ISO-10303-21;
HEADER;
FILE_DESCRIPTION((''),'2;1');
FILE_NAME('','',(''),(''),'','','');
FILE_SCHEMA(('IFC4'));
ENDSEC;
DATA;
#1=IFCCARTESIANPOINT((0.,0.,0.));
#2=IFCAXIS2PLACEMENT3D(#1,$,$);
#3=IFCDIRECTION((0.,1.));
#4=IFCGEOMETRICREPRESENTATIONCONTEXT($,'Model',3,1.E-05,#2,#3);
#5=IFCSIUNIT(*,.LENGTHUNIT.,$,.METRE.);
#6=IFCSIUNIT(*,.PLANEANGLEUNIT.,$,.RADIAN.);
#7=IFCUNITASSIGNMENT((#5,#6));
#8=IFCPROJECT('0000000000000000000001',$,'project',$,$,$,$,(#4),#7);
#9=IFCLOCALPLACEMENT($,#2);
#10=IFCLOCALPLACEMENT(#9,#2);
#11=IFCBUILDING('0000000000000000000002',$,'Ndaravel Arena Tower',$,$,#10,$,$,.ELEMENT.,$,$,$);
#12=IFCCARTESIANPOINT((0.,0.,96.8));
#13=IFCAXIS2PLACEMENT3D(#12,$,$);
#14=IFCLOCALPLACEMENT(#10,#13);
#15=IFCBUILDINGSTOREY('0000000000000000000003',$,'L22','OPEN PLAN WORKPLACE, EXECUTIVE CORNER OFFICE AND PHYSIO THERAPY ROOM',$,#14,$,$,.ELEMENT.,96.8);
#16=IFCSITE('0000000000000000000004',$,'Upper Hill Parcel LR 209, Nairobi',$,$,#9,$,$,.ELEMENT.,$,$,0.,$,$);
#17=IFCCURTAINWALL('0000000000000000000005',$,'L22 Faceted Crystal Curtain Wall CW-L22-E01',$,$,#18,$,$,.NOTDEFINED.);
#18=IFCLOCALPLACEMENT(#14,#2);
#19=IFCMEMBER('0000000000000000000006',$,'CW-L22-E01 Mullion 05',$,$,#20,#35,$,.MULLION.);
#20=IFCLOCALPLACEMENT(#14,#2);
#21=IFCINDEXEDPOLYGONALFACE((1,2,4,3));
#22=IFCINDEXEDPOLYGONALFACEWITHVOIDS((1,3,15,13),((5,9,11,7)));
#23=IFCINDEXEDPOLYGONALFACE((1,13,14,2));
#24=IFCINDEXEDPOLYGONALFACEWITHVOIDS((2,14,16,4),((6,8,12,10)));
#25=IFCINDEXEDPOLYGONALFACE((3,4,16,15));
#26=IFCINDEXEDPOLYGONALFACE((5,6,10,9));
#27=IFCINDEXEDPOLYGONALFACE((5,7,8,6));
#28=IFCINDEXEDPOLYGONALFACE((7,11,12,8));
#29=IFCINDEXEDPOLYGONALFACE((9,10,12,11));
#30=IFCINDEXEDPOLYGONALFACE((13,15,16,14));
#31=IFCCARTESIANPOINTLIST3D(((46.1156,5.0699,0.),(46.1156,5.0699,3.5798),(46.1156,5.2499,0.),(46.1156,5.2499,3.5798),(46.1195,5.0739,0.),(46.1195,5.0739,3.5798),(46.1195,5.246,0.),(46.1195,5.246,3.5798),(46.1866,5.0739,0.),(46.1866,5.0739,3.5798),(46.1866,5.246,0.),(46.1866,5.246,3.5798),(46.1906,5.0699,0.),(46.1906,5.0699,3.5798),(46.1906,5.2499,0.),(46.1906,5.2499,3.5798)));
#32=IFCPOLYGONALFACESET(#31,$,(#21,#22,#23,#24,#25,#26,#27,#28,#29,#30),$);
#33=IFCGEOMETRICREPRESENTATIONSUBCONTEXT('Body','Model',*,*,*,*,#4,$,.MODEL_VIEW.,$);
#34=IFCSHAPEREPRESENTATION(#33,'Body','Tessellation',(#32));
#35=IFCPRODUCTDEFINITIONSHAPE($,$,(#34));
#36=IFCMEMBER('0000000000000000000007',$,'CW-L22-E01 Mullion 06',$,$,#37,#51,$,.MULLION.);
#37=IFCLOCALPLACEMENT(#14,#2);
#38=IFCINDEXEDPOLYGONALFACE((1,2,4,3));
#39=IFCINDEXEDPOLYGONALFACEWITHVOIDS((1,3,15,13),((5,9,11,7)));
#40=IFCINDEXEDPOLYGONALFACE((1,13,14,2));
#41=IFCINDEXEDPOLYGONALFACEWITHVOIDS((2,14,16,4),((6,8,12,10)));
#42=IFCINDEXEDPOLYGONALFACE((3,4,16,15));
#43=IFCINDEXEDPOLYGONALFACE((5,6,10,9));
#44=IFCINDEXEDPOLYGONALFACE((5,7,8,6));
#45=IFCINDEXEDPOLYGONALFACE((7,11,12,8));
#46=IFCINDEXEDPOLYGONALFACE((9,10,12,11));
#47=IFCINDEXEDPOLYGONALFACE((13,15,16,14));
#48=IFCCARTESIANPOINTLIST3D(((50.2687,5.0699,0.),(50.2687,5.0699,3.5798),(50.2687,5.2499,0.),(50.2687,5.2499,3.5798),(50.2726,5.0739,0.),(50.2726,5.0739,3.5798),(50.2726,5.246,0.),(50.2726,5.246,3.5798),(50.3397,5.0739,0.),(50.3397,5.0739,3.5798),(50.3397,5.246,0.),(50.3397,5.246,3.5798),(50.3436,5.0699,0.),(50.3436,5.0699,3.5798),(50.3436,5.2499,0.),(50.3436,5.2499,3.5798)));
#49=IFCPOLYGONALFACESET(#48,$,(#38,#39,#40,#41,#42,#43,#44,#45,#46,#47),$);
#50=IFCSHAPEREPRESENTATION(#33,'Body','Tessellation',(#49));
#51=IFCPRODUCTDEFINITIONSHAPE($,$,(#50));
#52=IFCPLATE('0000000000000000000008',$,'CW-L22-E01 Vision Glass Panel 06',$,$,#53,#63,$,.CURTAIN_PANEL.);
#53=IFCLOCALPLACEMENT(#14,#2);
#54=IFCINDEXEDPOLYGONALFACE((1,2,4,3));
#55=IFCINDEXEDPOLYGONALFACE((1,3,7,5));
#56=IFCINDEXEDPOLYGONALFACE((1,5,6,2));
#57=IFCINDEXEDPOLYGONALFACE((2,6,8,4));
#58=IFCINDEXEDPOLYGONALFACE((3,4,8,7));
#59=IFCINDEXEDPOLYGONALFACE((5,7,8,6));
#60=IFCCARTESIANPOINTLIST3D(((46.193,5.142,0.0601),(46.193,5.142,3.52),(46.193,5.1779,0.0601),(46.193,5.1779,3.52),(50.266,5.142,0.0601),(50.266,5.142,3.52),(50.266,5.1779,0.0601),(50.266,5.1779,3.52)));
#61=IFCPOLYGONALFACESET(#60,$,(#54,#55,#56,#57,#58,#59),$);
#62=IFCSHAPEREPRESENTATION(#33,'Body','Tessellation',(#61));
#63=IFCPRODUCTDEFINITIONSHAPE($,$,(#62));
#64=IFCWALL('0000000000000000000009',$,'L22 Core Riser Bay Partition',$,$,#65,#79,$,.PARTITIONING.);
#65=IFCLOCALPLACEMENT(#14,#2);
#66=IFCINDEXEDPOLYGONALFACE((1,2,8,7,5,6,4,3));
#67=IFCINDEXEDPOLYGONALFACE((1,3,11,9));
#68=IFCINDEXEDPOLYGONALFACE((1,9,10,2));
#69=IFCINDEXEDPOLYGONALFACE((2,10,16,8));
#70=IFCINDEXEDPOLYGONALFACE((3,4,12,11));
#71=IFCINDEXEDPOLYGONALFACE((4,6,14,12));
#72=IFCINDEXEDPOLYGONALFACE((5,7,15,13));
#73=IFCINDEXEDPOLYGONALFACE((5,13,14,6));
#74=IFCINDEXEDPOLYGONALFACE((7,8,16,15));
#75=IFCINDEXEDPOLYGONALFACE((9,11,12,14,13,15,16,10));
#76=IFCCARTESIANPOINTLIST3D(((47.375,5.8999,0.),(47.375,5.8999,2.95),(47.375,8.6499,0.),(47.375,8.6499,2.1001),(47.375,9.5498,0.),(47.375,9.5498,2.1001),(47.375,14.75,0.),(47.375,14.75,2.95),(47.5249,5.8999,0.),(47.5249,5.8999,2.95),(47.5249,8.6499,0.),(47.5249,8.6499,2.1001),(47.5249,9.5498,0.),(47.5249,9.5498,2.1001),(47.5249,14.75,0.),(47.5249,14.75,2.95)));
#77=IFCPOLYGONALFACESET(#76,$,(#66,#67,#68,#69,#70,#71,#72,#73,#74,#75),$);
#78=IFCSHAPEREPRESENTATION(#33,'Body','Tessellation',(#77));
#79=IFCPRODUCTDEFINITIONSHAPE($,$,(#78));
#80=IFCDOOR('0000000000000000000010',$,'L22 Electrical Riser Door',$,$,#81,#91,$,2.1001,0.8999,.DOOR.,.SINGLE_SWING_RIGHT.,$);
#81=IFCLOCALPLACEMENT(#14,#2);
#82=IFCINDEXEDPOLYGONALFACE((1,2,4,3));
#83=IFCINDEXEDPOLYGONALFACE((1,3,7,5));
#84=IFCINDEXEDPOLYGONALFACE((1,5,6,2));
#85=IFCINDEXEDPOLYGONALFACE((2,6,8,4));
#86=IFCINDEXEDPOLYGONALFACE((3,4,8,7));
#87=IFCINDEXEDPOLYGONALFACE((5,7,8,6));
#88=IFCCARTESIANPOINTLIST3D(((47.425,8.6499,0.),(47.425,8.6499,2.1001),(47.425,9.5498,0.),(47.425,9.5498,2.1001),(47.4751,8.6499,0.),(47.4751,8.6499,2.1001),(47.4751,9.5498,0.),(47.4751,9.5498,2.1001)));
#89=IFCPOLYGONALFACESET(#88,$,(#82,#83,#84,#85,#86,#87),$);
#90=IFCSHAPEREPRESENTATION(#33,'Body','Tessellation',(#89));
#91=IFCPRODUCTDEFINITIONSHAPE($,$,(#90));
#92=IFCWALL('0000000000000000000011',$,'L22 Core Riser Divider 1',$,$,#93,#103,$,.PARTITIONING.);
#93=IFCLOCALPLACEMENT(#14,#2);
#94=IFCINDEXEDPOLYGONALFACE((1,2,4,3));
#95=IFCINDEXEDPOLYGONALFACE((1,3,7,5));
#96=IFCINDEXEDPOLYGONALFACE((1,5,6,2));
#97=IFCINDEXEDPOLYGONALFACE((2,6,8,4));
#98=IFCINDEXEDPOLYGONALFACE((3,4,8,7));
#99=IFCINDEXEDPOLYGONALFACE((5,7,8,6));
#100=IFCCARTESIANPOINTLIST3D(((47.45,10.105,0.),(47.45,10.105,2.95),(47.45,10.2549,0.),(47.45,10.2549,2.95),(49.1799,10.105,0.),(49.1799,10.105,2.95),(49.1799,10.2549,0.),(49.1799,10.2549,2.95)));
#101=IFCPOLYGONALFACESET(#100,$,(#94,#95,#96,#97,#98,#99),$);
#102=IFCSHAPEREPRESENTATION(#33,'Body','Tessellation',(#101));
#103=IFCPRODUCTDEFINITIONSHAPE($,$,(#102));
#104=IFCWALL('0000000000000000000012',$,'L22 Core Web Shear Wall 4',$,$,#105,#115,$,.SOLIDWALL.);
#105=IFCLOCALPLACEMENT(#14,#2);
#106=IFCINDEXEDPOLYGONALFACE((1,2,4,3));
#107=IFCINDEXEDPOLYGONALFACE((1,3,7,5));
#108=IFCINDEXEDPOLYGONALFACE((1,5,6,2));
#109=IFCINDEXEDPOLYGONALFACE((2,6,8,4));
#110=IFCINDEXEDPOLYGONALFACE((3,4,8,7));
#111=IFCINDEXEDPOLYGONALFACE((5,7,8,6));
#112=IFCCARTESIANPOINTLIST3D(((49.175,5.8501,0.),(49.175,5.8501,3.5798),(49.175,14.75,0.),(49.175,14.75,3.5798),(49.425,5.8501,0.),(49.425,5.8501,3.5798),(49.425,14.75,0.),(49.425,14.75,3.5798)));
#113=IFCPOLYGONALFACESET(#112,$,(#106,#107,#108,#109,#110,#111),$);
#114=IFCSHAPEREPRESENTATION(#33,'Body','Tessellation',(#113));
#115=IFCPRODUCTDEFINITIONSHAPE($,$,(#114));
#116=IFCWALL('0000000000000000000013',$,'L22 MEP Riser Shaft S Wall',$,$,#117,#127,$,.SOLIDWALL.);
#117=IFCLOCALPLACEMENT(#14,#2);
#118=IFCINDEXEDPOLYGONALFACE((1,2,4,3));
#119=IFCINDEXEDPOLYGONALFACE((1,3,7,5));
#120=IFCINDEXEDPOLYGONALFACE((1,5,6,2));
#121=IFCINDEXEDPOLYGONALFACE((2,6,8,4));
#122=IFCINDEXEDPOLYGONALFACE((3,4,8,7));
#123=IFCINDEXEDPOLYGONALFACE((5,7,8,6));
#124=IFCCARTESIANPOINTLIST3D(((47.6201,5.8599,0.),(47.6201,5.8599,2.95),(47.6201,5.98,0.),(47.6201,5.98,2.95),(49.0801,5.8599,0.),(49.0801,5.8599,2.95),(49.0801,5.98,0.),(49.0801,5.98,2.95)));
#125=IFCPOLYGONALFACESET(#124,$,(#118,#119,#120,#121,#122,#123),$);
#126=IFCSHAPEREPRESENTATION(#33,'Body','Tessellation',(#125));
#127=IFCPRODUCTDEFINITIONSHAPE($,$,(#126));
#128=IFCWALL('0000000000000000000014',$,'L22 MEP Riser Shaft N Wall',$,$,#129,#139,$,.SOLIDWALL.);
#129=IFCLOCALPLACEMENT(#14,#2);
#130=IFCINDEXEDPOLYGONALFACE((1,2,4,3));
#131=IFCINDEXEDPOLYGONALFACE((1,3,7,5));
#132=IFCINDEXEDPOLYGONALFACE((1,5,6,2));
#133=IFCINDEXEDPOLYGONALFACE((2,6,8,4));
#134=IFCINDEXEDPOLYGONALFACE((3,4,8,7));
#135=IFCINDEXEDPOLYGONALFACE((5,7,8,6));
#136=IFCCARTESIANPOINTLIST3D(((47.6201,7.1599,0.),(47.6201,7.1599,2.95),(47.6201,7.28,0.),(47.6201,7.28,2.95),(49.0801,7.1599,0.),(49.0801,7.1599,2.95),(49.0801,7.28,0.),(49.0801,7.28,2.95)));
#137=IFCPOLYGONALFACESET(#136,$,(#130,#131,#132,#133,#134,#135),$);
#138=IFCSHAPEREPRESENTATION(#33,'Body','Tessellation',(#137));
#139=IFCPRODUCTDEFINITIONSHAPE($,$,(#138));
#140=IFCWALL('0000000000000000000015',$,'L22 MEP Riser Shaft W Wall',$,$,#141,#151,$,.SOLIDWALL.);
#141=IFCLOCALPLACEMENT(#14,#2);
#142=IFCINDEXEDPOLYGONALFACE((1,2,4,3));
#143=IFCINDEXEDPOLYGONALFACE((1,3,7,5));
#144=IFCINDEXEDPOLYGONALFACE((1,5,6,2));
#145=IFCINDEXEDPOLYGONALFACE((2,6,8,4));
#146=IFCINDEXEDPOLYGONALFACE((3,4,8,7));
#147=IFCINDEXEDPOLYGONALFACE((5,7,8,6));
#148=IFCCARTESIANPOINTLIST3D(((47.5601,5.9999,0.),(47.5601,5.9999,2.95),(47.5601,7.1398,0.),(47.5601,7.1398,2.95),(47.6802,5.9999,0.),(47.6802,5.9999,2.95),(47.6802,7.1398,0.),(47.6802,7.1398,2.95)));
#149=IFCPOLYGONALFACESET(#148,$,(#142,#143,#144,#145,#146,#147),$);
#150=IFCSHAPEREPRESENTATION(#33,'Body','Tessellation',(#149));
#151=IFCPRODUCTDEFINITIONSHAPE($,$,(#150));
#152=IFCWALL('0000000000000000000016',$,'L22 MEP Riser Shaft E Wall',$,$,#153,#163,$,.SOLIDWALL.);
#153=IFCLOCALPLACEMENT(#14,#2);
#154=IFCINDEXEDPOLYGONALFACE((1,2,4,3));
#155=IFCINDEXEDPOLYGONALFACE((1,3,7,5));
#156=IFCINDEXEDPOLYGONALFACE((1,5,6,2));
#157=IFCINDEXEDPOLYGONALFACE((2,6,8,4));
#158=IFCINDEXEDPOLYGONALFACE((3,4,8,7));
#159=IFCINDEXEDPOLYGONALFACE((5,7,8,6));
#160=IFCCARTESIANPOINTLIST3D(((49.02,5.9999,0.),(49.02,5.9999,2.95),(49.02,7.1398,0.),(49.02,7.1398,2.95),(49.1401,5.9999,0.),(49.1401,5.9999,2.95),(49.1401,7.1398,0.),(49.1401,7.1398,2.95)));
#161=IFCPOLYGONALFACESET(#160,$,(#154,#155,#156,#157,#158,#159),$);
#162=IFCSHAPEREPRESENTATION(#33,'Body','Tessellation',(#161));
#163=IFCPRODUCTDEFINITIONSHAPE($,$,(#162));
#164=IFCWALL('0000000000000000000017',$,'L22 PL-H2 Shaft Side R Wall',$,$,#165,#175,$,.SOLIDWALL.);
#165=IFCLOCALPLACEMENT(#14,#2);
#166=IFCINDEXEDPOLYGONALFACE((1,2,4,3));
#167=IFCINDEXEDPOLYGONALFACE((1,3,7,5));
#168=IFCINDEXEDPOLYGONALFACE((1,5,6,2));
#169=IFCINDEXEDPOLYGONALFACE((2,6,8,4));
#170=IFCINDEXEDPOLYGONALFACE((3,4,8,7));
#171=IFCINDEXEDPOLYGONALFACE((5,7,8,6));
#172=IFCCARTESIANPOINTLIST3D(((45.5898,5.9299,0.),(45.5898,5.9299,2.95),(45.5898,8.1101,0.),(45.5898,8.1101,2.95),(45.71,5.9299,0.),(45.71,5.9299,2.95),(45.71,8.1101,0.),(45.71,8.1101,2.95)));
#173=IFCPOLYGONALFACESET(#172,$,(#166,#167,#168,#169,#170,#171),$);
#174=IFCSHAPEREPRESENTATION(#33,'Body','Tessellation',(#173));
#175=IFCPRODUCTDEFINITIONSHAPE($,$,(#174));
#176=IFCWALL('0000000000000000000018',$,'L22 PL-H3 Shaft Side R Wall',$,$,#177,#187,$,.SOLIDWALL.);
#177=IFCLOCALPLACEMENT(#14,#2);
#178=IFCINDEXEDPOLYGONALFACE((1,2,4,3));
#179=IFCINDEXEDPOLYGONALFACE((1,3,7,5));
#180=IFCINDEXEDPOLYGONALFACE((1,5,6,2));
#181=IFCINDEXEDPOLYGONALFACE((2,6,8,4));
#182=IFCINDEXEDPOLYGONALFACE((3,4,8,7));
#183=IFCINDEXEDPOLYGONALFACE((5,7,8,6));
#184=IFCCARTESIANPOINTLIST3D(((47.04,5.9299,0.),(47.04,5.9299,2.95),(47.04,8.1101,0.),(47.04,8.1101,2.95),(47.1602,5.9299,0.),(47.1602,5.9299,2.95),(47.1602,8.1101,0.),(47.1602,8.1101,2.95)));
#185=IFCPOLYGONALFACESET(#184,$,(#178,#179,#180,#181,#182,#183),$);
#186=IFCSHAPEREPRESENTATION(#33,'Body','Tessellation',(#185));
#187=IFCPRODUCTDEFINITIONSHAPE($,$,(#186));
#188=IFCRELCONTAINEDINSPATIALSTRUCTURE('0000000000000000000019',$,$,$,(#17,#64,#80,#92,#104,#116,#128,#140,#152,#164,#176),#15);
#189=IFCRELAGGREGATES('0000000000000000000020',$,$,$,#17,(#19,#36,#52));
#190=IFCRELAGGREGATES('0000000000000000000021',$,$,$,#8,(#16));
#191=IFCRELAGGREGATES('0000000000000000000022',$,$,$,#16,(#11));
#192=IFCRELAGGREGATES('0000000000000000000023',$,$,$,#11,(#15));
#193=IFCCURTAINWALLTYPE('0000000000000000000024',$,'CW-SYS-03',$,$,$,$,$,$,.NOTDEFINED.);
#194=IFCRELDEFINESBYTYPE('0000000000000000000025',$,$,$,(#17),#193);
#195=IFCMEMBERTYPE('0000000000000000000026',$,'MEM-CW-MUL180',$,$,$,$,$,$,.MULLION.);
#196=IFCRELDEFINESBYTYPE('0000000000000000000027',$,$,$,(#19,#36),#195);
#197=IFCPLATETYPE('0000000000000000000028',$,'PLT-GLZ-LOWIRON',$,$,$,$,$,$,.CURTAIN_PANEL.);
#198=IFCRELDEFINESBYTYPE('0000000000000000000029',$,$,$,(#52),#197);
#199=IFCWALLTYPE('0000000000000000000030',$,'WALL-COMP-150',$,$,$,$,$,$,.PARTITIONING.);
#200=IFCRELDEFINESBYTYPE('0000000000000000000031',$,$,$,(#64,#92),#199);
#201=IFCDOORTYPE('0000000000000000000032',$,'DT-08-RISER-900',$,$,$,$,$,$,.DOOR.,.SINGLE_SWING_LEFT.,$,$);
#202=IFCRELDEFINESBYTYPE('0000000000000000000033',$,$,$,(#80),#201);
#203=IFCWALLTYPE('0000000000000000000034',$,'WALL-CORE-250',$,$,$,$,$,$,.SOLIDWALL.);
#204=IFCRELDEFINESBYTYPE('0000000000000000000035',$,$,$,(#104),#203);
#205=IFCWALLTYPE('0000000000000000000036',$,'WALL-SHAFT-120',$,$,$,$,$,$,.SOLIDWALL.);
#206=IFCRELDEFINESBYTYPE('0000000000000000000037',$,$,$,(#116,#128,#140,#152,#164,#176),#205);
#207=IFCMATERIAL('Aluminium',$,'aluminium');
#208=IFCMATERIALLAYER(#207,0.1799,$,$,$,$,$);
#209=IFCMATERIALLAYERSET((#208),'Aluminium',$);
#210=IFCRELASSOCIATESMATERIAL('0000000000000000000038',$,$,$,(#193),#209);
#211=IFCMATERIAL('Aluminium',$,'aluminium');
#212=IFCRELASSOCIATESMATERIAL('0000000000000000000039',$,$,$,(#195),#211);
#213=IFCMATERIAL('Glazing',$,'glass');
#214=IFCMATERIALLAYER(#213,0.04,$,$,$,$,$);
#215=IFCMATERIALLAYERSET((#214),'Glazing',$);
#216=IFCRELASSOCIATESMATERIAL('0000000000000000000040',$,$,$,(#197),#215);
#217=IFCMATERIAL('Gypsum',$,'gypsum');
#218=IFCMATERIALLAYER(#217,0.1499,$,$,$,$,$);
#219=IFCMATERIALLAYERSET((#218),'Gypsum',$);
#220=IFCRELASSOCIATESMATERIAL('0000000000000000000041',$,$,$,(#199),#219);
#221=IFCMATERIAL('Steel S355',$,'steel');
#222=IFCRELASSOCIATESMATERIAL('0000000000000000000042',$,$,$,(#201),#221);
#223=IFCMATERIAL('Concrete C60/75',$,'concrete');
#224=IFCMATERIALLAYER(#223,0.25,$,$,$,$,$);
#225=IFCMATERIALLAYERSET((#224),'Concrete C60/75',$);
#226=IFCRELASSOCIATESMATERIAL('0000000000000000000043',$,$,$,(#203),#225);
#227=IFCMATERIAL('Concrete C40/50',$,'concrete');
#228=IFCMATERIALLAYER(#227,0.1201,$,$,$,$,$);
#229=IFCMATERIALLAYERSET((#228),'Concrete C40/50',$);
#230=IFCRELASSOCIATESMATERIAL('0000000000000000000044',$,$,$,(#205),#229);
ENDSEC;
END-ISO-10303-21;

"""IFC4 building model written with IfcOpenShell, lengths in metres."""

from ifc_helpers import new_model, si_unit, direction, frame, frame_2d, origin, origin_2d, place, context, subcontext, project, spatial, rectangle, hollow_rectangle, extrude, material, layer, layer_set, material_profile, profile_set, type_object, element, fill, aggregate, save


model = new_model("IFC4")

# Units and contexts
model_context = context("Model", 3, precision=1e-05, world=origin(), true_north=direction((0.0, 1.0)))
body_context = subcontext(model_context, "Body", "Model", "MODEL_VIEW")
ifc_project = project(units=[si_unit("LENGTHUNIT", "METRE"), si_unit("PLANEANGLEUNIT", "RADIAN")], contexts=[model_context])

# Site, building, storey
site_placement = place(None, origin())
site = spatial("IfcSite", under=ifc_project, at=site_placement, Name="Upper Hill Parcel LR 209, Nairobi", CompositionType="ELEMENT", RefElevation=0.0)
building_placement = place(site_placement, origin())
building = spatial("IfcBuilding", under=site, at=building_placement, Name="Ndaravel Arena Tower", CompositionType="ELEMENT")
storey_placement = place(building_placement, frame((0.0, 0.0, 96.8)))
storey = spatial("IfcBuildingStorey", under=building, at=storey_placement, Name="L22", Description="OPEN PLAN WORKPLACE, EXECUTIVE CORNER OFFICE AND PHYSIO THERAPY ROOM", CompositionType="ELEMENT", Elevation=96.8)

# Curtain wall, members, plate
ifc_material_1 = material(Name="Aluminium", Category="aluminium")
ifc_layer_1 = layer(ifc_material_1, 0.1799)
ifc_layer_set_1 = layer_set([ifc_layer_1], Name="Aluminium")
curtain_wall_type = type_object("IfcCurtainWallType", Name="CW-SYS-03", PredefinedType="NOTDEFINED", material=ifc_layer_set_1)
curtain_wall_placement = place(storey_placement, origin())
curtain_wall = element("IfcCurtainWall", 1, at=curtain_wall_placement, inside=storey, type_object=curtain_wall_type, Name="L22 Faceted Crystal Curtain Wall CW-L22-E01", PredefinedType="NOTDEFINED")
ifc_material_2 = material(Name="Aluminium", Category="aluminium")
ifc_material_profile = material_profile(ifc_material_2, hollow_rectangle(XDim=0.075, YDim=0.1799, WallThickness=0.0039, at=origin_2d()), Name="CW MULLION 75x180x4")
ifc_profile_set = profile_set([ifc_material_profile], Name="Aluminium")
member_type = type_object("IfcMemberType", Name="MEM-CW-MUL180", PredefinedType="MULLION", material=ifc_profile_set)
member_1_placement = place(storey_placement, frame((46.1531, 5.1599, 0.0), z_axis=(0.0, 0.0, 1.0), x_axis=(1.0, 0.0, 0.0)))
member_1 = element("IfcMember", 2, at=member_1_placement, type_object=member_type, Name="CW-L22-E01 Mullion 05", PredefinedType="MULLION", context=body_context, shape_type="SweptSolid", body=[
    extrude(hollow_rectangle(XDim=0.075, YDim=0.1799, WallThickness=0.0039, at=origin_2d()), origin(), (0.0, 0.0, 1.0), 3.5798),
])
member_2_placement = place(storey_placement, frame((50.3062, 5.1599, 0.0), z_axis=(0.0, 0.0, 1.0), x_axis=(1.0, 0.0, 0.0)))
member_2 = element("IfcMember", 3, at=member_2_placement, type_object=member_type, Name="CW-L22-E01 Mullion 06", PredefinedType="MULLION", context=body_context, shape_type="SweptSolid", body=[
    extrude(hollow_rectangle(XDim=0.075, YDim=0.1799, WallThickness=0.0039, at=origin_2d()), origin(), (0.0, 0.0, 1.0), 3.5798),
])
ifc_material_3 = material(Name="Glazing", Category="glass")
ifc_layer_2 = layer(ifc_material_3, 0.04)
ifc_layer_set_2 = layer_set([ifc_layer_2], Name="Glazing")
plate_type = type_object("IfcPlateType", Name="PLT-GLZ-LOWIRON", PredefinedType="CURTAIN_PANEL", material=ifc_layer_set_2)
plate_placement = place(storey_placement, frame((48.2295, 5.1599, 0.0601), z_axis=(0.0, 0.0, 1.0), x_axis=(1.0, 0.0, 0.0)))
plate = element("IfcPlate", 4, at=plate_placement, type_object=plate_type, Name="CW-L22-E01 Vision Glass Panel 06", PredefinedType="CURTAIN_PANEL", context=body_context, shape_type="SweptSolid", body=[
    extrude(rectangle(XDim=4.073, YDim=0.0359, at=origin_2d()), origin(), (0.0, 0.0, 1.0), 3.46),
])
aggregate(curtain_wall, [member_1, member_2, plate])

# Wall, opening, door
ifc_material_4 = material(Name="Gypsum", Category="gypsum")
ifc_layer_3 = layer(ifc_material_4, 0.1499)
ifc_layer_set_3 = layer_set([ifc_layer_3], Name="Gypsum")
wall_type_1 = type_object("IfcWallType", Name="WALL-COMP-150", PredefinedType="PARTITIONING", material=ifc_layer_set_3)
wall_1_placement = place(storey_placement, frame((47.45, 5.8999, 0.0), z_axis=(0.0, 0.0, 1.0), x_axis=(0.0, 1.0, 0.0)))
wall_1 = element("IfcWall", 5, at=wall_1_placement, inside=storey, type_object=wall_type_1, Name="L22 Core Riser Bay Partition", PredefinedType="PARTITIONING", context=body_context, shape_type="SweptSolid", body=[
    extrude(rectangle(XDim=8.8501, YDim=0.1499, at=frame_2d((4.425, 0.0))), origin(), (0.0, 0.0, 1.0), 2.95),
])
opening_1_placement = place(wall_1_placement, frame((2.75, 0.0, 0.0)))
opening_1 = element("IfcOpeningElement", 6, at=opening_1_placement, cuts=wall_1, PredefinedType="OPENING", context=body_context, shape_type="SweptSolid", body=[
    extrude(rectangle(XDim=0.8999, YDim=2.1001, at=frame_2d((0.45, 1.05))), frame((0.0, 0.075, 0.0), z_axis=(0.0, -1.0, 0.0), x_axis=(1.0, 0.0, 0.0)), (0.0, 0.0, 1.0), 0.1499),
])
ifc_material_5 = material(Name="Steel S355", Category="steel")
door_type_1 = type_object("IfcDoorType", Name="DT-08-RISER-900", OperationType="SINGLE_SWING_LEFT", PredefinedType="DOOR", material=ifc_material_5)
door_1_placement = place(opening_1_placement, origin())
door_1 = element("IfcDoor", 7, at=door_1_placement, inside=storey, type_object=door_type_1, Name="L22 Electrical Riser Door", OperationType="SINGLE_SWING_RIGHT", OverallHeight=2.1001, OverallWidth=0.8999, PredefinedType="DOOR", context=body_context, shape_type="SweptSolid", body=[
    extrude(rectangle(XDim=0.8999, YDim=2.1001, at=frame_2d((0.45, 1.05))), frame((0.0, 0.0249, 0.0), z_axis=(0.0, -1.0, 0.0), x_axis=(1.0, 0.0, 0.0)), (0.0, 0.0, 1.0), 0.05),
])
fill(opening_1, door_1)

# Walls
wall_2_placement = place(storey_placement, frame((47.45, 10.1799, 0.0), z_axis=(0.0, 0.0, 1.0), x_axis=(1.0, 0.0, 0.0)))
element("IfcWall", 8, at=wall_2_placement, inside=storey, type_object=wall_type_1, Name="L22 Core Riser Divider 1", PredefinedType="PARTITIONING", context=body_context, shape_type="SweptSolid", body=[
    extrude(rectangle(XDim=1.73, YDim=0.1499, at=frame_2d((0.865, 0.0))), origin(), (0.0, 0.0, 1.0), 2.95),
])
ifc_material_6 = material(Name="Concrete C60/75", Category="concrete")
ifc_layer_4 = layer(ifc_material_6, 0.25)
ifc_layer_set_4 = layer_set([ifc_layer_4], Name="Concrete C60/75")
wall_type_2 = type_object("IfcWallType", Name="WALL-CORE-250", PredefinedType="SOLIDWALL", material=ifc_layer_set_4)
wall_3_placement = place(storey_placement, frame((49.3, 5.8501, 0.0), z_axis=(0.0, 0.0, 1.0), x_axis=(0.0, 1.0, 0.0)))
element("IfcWall", 9, at=wall_3_placement, inside=storey, type_object=wall_type_2, Name="L22 Core Web Shear Wall 4", PredefinedType="SOLIDWALL", context=body_context, shape_type="SweptSolid", body=[
    extrude(rectangle(XDim=8.8999, YDim=0.25, at=frame_2d((4.45, 0.0))), origin(), (0.0, 0.0, 1.0), 3.5798),
])
ifc_material_7 = material(Name="Concrete C40/50", Category="concrete")
ifc_layer_5 = layer(ifc_material_7, 0.1201)
ifc_layer_set_5 = layer_set([ifc_layer_5], Name="Concrete C40/50")
wall_type_3 = type_object("IfcWallType", Name="WALL-SHAFT-120", PredefinedType="SOLIDWALL", material=ifc_layer_set_5)
for number, where, z_axis, x_axis, name in (
    (10, (47.6201, 5.9199, 0.0), (0.0, 0.0, 1.0), (1.0, 0.0, 0.0), "L22 MEP Riser Shaft S Wall"),
    (11, (47.6201, 7.22, 0.0), (0.0, 0.0, 1.0), (1.0, 0.0, 0.0), "L22 MEP Riser Shaft N Wall"),
):
    element("IfcWall", number, at=place(storey_placement, frame(where, z_axis=z_axis, x_axis=x_axis)), inside=storey, type_object=wall_type_3, Name=name, PredefinedType="SOLIDWALL", context=body_context, shape_type="SweptSolid", body=[
        extrude(rectangle(XDim=1.46, YDim=0.1201, at=frame_2d((0.73, 0.0))), origin(), (0.0, 0.0, 1.0), 2.95),
    ])
for number, where, z_axis, x_axis, name in (
    (12, (47.6201, 6.0, 0.0), (0.0, 0.0, 1.0), (0.0, 1.0, 0.0), "L22 MEP Riser Shaft W Wall"),
    (13, (49.0801, 6.0, 0.0), (0.0, 0.0, 1.0), (0.0, 1.0, 0.0), "L22 MEP Riser Shaft E Wall"),
):
    element("IfcWall", number, at=place(storey_placement, frame(where, z_axis=z_axis, x_axis=x_axis)), inside=storey, type_object=wall_type_3, Name=name, PredefinedType="SOLIDWALL", context=body_context, shape_type="SweptSolid", body=[
        extrude(rectangle(XDim=1.1399, YDim=0.1201, at=frame_2d((0.5698, 0.0))), origin(), (0.0, 0.0, 1.0), 2.95),
    ])
for number, where, z_axis, x_axis, name in (
    (14, (45.6499, 5.9299, 0.0), (0.0, 0.0, 1.0), (0.0, 1.0, 0.0), "L22 PL-H2 Shaft Side R Wall"),
    (15, (47.1001, 5.9299, 0.0), (0.0, 0.0, 1.0), (0.0, 1.0, 0.0), "L22 PL-H3 Shaft Side R Wall"),
):
    element("IfcWall", number, at=place(storey_placement, frame(where, z_axis=z_axis, x_axis=x_axis)), inside=storey, type_object=wall_type_3, Name=name, PredefinedType="SOLIDWALL", context=body_context, shape_type="SweptSolid", body=[
        extrude(rectangle(XDim=2.1802, YDim=0.1201, at=frame_2d((1.0901, 0.0))), origin(), (0.0, 0.0, 1.0), 2.95),
    ])

save(model, "model.ifc")
